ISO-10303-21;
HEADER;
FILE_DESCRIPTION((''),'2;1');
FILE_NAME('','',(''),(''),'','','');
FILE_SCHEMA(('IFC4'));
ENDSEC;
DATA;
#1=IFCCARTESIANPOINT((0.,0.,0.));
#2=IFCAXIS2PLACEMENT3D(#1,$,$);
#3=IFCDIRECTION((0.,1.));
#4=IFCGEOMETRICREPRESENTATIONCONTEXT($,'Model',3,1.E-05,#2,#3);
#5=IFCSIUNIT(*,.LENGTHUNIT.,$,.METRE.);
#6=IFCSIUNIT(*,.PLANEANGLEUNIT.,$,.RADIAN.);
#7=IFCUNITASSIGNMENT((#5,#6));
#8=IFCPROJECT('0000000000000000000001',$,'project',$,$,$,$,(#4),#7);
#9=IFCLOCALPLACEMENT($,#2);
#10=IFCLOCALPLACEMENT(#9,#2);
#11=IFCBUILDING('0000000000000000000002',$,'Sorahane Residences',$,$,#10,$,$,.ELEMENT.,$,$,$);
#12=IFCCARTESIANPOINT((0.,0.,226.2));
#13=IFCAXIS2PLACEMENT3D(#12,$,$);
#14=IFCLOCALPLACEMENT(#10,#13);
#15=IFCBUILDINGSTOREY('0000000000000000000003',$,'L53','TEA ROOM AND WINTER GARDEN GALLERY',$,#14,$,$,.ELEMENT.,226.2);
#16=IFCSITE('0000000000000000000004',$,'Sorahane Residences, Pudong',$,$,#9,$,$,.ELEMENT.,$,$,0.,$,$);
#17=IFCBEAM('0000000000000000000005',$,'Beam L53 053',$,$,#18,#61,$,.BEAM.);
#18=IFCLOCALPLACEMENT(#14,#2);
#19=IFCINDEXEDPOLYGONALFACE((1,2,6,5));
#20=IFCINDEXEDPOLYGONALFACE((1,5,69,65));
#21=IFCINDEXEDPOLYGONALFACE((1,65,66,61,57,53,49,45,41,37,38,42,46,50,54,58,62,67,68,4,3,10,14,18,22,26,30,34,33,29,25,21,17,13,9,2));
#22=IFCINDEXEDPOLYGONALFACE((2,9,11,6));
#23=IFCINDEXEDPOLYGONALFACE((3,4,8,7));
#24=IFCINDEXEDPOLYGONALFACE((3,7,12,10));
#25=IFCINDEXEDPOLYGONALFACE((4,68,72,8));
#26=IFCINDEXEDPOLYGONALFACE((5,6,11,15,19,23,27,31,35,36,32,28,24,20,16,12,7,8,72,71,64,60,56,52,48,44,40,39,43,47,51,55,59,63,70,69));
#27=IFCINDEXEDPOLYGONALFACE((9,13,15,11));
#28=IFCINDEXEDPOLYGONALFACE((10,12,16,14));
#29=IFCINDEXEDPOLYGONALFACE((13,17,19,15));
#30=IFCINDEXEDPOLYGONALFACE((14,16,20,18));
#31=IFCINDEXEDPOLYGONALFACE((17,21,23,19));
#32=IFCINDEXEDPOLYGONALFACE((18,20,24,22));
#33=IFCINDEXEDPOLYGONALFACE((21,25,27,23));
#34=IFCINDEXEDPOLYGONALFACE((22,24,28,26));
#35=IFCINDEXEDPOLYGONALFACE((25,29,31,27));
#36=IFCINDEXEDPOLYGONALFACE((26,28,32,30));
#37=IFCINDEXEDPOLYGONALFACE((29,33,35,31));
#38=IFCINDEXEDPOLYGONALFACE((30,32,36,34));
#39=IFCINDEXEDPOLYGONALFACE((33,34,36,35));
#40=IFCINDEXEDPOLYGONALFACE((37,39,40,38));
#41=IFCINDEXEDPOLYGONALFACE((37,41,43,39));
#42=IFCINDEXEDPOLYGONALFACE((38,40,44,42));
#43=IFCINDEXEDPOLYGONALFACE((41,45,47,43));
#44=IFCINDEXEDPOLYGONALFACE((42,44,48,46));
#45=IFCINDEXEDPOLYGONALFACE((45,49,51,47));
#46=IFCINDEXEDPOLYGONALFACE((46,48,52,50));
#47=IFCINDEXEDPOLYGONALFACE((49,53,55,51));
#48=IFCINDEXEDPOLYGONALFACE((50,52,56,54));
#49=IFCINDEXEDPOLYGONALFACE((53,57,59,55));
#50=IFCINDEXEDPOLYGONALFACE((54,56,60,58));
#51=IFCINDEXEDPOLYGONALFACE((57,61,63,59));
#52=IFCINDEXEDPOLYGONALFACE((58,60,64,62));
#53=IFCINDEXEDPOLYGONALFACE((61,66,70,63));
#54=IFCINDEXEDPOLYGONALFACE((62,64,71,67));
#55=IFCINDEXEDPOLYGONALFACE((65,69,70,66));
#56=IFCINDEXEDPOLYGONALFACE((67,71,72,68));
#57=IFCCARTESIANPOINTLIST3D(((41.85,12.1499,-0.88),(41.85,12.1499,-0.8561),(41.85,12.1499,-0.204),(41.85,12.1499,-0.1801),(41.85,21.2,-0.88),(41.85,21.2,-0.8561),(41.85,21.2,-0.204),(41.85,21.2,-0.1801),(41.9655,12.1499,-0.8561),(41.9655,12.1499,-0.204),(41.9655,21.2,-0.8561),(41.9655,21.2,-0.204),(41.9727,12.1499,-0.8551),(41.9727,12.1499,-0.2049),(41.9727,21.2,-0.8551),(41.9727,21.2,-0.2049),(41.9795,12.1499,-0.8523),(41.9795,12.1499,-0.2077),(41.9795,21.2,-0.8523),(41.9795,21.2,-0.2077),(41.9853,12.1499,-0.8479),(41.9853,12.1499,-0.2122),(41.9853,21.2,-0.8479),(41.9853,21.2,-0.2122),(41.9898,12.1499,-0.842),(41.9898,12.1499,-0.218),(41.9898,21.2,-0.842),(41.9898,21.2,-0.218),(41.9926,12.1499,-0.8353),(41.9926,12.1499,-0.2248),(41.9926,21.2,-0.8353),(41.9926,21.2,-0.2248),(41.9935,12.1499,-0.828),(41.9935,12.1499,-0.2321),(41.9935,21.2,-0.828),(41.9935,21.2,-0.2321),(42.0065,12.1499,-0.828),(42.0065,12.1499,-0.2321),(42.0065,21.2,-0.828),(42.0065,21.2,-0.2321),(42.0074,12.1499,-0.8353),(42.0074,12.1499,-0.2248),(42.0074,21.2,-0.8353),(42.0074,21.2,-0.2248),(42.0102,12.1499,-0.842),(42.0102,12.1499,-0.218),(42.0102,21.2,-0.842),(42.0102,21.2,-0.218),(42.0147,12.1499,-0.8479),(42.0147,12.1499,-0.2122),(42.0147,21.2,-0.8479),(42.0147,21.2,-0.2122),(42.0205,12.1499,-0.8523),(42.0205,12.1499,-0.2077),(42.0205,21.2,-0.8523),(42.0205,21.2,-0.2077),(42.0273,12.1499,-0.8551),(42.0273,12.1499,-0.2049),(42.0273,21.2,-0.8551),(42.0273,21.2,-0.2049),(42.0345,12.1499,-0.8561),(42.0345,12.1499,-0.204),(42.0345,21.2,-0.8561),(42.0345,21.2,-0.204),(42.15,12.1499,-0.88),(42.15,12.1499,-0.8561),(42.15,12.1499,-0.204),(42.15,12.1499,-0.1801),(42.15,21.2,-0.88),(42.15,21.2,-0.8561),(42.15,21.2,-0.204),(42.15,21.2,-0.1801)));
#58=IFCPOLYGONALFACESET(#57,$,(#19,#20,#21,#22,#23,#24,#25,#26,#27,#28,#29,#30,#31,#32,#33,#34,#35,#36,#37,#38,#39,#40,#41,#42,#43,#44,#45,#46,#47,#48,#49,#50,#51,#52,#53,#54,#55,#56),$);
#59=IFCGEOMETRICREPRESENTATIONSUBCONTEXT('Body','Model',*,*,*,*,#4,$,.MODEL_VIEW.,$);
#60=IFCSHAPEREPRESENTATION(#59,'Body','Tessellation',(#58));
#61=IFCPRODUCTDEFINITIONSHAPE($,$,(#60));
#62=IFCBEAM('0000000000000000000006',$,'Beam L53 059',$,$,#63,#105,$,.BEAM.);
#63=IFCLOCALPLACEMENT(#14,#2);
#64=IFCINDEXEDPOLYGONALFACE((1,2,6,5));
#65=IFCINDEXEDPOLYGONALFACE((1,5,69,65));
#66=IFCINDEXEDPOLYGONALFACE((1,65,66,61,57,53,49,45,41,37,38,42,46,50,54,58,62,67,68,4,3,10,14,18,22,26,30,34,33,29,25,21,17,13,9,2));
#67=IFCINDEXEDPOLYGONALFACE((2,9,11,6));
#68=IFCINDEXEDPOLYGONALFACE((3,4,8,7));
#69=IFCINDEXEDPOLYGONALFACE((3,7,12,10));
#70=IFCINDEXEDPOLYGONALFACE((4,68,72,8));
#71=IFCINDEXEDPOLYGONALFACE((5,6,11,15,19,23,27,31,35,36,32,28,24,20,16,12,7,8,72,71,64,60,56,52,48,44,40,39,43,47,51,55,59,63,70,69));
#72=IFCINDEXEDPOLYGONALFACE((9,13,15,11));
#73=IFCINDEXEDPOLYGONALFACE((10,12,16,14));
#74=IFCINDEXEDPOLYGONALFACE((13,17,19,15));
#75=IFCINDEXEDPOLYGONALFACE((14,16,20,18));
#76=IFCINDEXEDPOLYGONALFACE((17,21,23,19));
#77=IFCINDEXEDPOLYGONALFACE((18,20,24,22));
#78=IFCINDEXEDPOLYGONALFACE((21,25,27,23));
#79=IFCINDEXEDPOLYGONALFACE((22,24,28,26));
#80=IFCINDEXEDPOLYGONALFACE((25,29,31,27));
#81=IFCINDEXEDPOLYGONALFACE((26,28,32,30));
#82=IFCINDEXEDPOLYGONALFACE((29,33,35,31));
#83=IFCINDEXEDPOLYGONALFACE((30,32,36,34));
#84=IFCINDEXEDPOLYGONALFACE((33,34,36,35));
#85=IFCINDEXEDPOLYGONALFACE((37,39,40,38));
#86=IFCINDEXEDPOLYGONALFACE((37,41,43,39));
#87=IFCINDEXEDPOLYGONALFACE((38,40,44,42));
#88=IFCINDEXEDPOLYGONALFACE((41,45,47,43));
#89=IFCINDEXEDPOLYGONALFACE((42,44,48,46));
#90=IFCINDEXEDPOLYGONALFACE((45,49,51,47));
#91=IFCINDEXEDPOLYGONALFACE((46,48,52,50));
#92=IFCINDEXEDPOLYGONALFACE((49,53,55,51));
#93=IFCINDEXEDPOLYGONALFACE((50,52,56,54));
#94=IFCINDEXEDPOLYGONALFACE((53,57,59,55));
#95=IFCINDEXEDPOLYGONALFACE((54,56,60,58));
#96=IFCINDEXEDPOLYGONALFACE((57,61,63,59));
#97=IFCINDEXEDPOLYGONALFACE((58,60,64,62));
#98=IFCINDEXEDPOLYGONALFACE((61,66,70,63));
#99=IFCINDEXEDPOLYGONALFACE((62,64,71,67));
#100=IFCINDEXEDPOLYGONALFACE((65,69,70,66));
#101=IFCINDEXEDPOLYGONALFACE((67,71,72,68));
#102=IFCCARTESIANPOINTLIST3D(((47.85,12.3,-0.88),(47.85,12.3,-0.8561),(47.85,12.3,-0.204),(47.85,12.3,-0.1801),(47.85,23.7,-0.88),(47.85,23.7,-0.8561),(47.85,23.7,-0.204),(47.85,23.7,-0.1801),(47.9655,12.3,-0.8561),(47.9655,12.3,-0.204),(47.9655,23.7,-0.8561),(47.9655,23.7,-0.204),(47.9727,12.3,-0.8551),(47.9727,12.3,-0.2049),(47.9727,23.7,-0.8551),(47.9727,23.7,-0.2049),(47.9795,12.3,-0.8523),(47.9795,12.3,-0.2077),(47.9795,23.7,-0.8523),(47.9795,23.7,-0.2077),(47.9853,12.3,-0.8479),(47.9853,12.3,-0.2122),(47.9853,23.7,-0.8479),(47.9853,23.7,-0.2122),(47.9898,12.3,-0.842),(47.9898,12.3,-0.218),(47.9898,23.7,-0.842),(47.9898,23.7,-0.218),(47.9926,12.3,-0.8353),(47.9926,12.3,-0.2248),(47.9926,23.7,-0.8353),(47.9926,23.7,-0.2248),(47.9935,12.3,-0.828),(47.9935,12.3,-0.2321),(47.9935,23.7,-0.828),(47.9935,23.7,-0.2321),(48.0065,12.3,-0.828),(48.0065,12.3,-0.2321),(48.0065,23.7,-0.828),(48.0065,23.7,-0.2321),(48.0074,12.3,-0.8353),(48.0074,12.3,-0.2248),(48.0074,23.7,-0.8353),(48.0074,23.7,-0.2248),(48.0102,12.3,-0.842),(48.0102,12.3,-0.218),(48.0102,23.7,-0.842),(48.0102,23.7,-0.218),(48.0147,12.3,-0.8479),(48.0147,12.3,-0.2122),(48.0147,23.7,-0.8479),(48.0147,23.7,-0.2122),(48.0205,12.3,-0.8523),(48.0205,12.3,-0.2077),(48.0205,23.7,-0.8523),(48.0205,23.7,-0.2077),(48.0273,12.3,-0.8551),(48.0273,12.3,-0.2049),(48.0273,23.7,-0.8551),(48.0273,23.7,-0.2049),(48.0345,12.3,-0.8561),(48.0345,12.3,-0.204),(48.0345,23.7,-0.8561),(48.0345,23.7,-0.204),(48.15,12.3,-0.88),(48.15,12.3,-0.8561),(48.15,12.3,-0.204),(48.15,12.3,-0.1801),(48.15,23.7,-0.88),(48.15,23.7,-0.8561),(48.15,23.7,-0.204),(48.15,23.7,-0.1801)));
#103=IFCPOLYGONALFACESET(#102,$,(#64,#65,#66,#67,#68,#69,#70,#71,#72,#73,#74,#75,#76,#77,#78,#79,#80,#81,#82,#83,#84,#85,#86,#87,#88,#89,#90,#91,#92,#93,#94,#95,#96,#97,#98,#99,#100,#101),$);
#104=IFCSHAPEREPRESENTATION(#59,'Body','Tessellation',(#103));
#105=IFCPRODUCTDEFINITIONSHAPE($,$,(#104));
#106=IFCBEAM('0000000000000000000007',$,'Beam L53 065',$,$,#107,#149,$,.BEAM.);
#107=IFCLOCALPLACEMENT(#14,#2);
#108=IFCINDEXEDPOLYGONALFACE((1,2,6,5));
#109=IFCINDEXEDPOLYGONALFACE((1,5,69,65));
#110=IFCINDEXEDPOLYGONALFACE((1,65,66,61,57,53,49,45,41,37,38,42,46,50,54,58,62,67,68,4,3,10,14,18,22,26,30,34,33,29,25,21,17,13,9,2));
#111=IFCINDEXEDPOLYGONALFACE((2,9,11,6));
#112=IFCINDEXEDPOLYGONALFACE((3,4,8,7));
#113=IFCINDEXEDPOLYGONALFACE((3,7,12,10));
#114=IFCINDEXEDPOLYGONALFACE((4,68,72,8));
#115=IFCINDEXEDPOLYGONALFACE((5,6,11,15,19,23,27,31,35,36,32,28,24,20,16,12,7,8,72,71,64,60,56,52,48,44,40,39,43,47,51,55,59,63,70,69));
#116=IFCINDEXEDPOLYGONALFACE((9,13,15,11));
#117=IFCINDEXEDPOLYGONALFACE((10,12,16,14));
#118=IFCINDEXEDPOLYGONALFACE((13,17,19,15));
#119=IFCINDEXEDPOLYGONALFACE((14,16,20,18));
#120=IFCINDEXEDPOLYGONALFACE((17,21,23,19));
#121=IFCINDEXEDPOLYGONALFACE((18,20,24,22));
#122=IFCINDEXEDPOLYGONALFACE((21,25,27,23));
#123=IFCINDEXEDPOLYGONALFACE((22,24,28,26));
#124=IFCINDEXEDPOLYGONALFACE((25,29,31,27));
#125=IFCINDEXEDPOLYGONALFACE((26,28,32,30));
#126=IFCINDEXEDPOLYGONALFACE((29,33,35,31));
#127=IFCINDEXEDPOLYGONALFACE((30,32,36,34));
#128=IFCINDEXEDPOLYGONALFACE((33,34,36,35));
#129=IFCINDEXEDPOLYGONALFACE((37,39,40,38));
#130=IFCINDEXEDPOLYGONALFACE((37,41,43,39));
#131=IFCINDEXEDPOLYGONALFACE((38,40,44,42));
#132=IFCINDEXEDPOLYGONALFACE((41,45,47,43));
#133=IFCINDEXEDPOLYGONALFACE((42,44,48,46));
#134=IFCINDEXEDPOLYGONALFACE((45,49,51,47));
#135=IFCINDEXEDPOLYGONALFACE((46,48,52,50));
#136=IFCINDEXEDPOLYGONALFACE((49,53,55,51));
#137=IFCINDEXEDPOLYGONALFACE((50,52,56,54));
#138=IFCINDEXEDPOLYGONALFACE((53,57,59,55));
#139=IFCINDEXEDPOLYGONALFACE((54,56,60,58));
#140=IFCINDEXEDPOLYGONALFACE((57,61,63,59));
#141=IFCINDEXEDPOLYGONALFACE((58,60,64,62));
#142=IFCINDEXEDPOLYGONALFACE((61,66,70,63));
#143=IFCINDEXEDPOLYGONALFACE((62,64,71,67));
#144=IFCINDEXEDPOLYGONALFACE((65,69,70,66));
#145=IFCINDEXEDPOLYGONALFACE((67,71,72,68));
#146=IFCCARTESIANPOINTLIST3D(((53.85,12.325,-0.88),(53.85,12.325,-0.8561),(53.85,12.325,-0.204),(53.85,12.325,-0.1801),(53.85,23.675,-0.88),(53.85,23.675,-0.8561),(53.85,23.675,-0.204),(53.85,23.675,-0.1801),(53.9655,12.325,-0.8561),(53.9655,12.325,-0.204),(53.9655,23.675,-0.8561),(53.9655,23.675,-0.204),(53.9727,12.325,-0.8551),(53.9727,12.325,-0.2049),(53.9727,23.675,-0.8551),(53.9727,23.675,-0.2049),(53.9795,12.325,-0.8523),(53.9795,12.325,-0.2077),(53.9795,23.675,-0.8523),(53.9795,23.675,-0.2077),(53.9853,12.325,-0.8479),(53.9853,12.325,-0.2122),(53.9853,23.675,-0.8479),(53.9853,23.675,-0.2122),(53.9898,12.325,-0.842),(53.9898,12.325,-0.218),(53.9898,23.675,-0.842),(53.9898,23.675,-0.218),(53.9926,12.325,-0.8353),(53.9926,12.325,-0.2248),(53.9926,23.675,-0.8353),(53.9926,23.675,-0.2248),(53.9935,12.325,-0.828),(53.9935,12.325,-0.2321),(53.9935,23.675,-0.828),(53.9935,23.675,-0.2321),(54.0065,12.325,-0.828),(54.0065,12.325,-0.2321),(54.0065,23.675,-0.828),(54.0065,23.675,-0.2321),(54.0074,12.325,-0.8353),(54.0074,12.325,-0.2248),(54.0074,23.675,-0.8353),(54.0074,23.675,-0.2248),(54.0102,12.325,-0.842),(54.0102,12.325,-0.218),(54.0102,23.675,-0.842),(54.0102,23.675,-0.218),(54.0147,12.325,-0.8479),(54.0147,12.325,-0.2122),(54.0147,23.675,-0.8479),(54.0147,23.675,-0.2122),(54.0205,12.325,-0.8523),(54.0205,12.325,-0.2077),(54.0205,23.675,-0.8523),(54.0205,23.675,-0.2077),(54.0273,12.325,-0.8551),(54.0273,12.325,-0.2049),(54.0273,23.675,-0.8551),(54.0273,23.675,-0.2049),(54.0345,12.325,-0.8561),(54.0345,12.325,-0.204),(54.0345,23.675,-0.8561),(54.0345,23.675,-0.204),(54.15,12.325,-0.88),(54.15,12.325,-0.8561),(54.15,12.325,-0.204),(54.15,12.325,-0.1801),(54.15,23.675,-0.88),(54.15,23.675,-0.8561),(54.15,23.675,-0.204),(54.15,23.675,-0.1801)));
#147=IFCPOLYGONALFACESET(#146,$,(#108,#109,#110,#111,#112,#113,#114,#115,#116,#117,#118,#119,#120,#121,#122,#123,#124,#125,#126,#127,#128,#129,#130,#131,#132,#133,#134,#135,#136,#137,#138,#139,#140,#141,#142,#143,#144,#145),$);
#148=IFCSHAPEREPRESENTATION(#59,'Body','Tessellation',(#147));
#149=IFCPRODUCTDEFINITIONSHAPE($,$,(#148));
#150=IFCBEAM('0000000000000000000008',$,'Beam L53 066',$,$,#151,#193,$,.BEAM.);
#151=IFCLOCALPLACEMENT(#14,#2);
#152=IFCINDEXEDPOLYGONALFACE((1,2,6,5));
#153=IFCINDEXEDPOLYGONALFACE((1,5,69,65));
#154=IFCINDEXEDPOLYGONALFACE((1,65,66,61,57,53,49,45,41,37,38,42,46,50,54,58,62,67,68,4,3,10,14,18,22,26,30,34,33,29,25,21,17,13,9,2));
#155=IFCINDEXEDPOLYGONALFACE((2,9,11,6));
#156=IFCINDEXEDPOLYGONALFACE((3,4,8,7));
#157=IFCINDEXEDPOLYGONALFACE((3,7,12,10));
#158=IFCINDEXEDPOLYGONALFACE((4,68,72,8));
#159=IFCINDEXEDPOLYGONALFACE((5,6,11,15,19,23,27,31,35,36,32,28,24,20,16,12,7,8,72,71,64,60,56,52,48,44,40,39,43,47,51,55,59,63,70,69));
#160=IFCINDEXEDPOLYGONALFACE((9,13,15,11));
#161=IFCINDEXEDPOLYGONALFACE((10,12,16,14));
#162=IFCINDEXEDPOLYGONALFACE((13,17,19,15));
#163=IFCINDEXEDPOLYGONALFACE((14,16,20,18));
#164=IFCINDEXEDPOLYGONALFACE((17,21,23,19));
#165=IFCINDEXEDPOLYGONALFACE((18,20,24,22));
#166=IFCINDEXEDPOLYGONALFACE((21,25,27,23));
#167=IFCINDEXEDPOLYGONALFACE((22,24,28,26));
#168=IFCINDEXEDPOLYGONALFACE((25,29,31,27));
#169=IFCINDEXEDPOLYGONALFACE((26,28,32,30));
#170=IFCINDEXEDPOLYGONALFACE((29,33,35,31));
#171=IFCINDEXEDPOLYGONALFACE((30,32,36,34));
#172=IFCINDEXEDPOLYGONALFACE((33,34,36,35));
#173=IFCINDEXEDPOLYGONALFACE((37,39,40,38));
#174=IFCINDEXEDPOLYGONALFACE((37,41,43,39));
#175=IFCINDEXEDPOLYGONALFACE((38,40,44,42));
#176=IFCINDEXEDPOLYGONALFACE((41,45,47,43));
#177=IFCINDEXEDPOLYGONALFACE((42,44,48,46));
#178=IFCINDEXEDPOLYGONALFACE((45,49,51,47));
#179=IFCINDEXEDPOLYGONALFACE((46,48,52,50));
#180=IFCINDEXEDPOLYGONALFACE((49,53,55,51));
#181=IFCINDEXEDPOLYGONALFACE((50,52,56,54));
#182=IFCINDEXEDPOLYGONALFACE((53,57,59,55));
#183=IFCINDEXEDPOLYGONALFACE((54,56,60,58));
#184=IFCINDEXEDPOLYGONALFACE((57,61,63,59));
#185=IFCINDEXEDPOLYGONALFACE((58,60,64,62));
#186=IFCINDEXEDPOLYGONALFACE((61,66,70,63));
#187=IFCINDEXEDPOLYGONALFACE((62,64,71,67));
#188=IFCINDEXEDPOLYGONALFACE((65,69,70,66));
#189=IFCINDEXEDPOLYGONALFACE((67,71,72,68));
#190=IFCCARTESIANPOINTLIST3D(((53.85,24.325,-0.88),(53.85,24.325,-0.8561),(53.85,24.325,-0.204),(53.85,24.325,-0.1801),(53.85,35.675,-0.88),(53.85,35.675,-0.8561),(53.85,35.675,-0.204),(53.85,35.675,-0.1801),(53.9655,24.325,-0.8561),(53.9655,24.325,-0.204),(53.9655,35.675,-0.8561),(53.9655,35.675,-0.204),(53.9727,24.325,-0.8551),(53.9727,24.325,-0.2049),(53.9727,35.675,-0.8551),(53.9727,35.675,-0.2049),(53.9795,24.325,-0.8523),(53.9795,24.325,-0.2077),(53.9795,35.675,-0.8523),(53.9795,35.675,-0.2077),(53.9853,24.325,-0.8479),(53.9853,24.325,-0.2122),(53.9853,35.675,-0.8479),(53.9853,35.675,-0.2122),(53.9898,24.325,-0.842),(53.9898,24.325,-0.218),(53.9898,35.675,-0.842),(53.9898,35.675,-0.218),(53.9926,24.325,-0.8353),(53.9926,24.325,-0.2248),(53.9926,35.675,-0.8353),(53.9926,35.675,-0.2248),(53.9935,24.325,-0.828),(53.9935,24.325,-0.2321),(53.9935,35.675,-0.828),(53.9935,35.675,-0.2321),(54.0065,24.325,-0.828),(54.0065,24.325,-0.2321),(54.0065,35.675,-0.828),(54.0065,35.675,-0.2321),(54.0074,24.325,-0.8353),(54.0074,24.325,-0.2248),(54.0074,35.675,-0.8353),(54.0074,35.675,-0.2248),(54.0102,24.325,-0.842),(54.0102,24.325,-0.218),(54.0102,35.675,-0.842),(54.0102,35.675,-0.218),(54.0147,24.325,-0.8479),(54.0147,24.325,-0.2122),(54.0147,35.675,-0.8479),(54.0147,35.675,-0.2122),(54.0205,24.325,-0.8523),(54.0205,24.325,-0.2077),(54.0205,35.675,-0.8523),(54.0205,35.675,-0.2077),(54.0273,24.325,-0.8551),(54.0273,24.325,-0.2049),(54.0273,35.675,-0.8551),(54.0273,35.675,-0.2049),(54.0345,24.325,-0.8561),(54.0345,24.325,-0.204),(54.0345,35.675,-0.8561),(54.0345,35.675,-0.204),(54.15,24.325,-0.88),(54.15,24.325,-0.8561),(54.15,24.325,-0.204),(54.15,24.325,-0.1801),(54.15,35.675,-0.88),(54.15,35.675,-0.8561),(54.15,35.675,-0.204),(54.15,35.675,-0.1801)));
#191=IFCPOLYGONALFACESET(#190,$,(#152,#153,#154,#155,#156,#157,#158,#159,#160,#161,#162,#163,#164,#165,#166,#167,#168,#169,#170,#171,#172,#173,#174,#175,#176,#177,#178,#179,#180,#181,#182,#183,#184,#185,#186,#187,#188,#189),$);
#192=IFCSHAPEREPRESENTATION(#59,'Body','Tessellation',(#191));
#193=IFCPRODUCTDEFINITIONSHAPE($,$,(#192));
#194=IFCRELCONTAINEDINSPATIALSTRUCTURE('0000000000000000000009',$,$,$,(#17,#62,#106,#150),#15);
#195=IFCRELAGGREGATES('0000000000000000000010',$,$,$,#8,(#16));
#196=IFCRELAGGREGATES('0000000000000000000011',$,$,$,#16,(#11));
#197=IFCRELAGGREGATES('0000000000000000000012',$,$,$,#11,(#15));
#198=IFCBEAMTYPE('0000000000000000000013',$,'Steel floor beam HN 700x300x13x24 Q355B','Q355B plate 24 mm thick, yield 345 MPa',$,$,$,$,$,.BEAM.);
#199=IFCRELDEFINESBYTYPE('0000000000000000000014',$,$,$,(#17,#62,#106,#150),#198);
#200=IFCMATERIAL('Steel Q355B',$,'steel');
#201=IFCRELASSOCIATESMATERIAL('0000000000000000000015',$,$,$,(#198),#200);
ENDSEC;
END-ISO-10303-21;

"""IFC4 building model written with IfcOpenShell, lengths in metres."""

from ifc_helpers import new_model, si_unit, direction, frame, origin, origin_2d, place, context, subcontext, project, spatial, i_section, extrude, material, material_profile, profile_set, type_object, element, save


model = new_model("IFC4")

# Units and contexts
model_context = context("Model", 3, precision=1e-05, world=origin(), true_north=direction((0.0, 1.0)))
body_context = subcontext(model_context, "Body", "Model", "MODEL_VIEW")
ifc_project = project(units=[si_unit("LENGTHUNIT", "METRE"), si_unit("PLANEANGLEUNIT", "RADIAN")], contexts=[model_context])

# Site, building, storey
site_placement = place(None, origin())
site = spatial("IfcSite", under=ifc_project, at=site_placement, Name="Sorahane Residences, Pudong", CompositionType="ELEMENT", RefElevation=0.0)
building_placement = place(site_placement, origin())
building = spatial("IfcBuilding", under=site, at=building_placement, Name="Sorahane Residences", CompositionType="ELEMENT")
storey_placement = place(building_placement, frame((0.0, 0.0, 226.2)))
storey = spatial("IfcBuildingStorey", under=building, at=storey_placement, Name="L53", Description="TEA ROOM AND WINTER GARDEN GALLERY", CompositionType="ELEMENT", Elevation=226.2)

# Beams
ifc_material_1 = material(Name="Steel Q355B", Category="steel")
ifc_material_profile_1 = material_profile(ifc_material_1, i_section(OverallWidth=0.3, OverallDepth=0.7, WebThickness=0.0129, FlangeThickness=0.0239, FilletRadius=0.0281, at=origin_2d()), Name="HN 700x300x13x24")
ifc_profile_set_1 = profile_set([ifc_material_profile_1], Name="Steel Q355B")
beam_type_1 = type_object("IfcBeamType", Name="Steel floor beam HN 700x300x13x24 Q355B", Description="Q355B plate 24 mm thick, yield 345 MPa", PredefinedType="BEAM", material=ifc_profile_set_1)
beam_1_placement = place(storey_placement, frame((42.0, 12.1499, -0.53), z_axis=(0.0, 1.0, 0.0), x_axis=(-1.0, 0.0, 0.0)))
element("IfcBeam", 1, at=beam_1_placement, inside=storey, type_object=beam_type_1, Name="Beam L53 053", PredefinedType="BEAM", context=body_context, shape_type="SweptSolid", body=[
    extrude(i_section(OverallWidth=0.3, OverallDepth=0.7, WebThickness=0.0129, FlangeThickness=0.0239, FilletRadius=0.0281, at=origin_2d()), origin(), (0.0, 0.0, 1.0), 9.05),
])
beam_2_placement = place(storey_placement, frame((48.0, 12.3, -0.53), z_axis=(0.0, 1.0, 0.0), x_axis=(-1.0, 0.0, 0.0)))
element("IfcBeam", 2, at=beam_2_placement, inside=storey, type_object=beam_type_1, Name="Beam L53 059", PredefinedType="BEAM", context=body_context, shape_type="SweptSolid", body=[
    extrude(i_section(OverallWidth=0.3, OverallDepth=0.7, WebThickness=0.0129, FlangeThickness=0.0239, FilletRadius=0.0281, at=origin_2d()), origin(), (0.0, 0.0, 1.0), 11.3999),
])
for number, where, z_axis, x_axis, name in (
    (3, (54.0, 12.325, -0.53), (0.0, 1.0, 0.0), (-1.0, 0.0, 0.0), "Beam L53 065"),
    (4, (54.0, 24.325, -0.53), (0.0, 1.0, 0.0), (-1.0, 0.0, 0.0), "Beam L53 066"),
):
    element("IfcBeam", number, at=place(storey_placement, frame(where, z_axis=z_axis, x_axis=x_axis)), inside=storey, type_object=beam_type_1, Name=name, PredefinedType="BEAM", context=body_context, shape_type="SweptSolid", body=[
        extrude(i_section(OverallWidth=0.3, OverallDepth=0.7, WebThickness=0.0129, FlangeThickness=0.0239, FilletRadius=0.0281, at=origin_2d()), origin(), (0.0, 0.0, 1.0), 11.3501),
    ])

save(model, "model.ifc")
